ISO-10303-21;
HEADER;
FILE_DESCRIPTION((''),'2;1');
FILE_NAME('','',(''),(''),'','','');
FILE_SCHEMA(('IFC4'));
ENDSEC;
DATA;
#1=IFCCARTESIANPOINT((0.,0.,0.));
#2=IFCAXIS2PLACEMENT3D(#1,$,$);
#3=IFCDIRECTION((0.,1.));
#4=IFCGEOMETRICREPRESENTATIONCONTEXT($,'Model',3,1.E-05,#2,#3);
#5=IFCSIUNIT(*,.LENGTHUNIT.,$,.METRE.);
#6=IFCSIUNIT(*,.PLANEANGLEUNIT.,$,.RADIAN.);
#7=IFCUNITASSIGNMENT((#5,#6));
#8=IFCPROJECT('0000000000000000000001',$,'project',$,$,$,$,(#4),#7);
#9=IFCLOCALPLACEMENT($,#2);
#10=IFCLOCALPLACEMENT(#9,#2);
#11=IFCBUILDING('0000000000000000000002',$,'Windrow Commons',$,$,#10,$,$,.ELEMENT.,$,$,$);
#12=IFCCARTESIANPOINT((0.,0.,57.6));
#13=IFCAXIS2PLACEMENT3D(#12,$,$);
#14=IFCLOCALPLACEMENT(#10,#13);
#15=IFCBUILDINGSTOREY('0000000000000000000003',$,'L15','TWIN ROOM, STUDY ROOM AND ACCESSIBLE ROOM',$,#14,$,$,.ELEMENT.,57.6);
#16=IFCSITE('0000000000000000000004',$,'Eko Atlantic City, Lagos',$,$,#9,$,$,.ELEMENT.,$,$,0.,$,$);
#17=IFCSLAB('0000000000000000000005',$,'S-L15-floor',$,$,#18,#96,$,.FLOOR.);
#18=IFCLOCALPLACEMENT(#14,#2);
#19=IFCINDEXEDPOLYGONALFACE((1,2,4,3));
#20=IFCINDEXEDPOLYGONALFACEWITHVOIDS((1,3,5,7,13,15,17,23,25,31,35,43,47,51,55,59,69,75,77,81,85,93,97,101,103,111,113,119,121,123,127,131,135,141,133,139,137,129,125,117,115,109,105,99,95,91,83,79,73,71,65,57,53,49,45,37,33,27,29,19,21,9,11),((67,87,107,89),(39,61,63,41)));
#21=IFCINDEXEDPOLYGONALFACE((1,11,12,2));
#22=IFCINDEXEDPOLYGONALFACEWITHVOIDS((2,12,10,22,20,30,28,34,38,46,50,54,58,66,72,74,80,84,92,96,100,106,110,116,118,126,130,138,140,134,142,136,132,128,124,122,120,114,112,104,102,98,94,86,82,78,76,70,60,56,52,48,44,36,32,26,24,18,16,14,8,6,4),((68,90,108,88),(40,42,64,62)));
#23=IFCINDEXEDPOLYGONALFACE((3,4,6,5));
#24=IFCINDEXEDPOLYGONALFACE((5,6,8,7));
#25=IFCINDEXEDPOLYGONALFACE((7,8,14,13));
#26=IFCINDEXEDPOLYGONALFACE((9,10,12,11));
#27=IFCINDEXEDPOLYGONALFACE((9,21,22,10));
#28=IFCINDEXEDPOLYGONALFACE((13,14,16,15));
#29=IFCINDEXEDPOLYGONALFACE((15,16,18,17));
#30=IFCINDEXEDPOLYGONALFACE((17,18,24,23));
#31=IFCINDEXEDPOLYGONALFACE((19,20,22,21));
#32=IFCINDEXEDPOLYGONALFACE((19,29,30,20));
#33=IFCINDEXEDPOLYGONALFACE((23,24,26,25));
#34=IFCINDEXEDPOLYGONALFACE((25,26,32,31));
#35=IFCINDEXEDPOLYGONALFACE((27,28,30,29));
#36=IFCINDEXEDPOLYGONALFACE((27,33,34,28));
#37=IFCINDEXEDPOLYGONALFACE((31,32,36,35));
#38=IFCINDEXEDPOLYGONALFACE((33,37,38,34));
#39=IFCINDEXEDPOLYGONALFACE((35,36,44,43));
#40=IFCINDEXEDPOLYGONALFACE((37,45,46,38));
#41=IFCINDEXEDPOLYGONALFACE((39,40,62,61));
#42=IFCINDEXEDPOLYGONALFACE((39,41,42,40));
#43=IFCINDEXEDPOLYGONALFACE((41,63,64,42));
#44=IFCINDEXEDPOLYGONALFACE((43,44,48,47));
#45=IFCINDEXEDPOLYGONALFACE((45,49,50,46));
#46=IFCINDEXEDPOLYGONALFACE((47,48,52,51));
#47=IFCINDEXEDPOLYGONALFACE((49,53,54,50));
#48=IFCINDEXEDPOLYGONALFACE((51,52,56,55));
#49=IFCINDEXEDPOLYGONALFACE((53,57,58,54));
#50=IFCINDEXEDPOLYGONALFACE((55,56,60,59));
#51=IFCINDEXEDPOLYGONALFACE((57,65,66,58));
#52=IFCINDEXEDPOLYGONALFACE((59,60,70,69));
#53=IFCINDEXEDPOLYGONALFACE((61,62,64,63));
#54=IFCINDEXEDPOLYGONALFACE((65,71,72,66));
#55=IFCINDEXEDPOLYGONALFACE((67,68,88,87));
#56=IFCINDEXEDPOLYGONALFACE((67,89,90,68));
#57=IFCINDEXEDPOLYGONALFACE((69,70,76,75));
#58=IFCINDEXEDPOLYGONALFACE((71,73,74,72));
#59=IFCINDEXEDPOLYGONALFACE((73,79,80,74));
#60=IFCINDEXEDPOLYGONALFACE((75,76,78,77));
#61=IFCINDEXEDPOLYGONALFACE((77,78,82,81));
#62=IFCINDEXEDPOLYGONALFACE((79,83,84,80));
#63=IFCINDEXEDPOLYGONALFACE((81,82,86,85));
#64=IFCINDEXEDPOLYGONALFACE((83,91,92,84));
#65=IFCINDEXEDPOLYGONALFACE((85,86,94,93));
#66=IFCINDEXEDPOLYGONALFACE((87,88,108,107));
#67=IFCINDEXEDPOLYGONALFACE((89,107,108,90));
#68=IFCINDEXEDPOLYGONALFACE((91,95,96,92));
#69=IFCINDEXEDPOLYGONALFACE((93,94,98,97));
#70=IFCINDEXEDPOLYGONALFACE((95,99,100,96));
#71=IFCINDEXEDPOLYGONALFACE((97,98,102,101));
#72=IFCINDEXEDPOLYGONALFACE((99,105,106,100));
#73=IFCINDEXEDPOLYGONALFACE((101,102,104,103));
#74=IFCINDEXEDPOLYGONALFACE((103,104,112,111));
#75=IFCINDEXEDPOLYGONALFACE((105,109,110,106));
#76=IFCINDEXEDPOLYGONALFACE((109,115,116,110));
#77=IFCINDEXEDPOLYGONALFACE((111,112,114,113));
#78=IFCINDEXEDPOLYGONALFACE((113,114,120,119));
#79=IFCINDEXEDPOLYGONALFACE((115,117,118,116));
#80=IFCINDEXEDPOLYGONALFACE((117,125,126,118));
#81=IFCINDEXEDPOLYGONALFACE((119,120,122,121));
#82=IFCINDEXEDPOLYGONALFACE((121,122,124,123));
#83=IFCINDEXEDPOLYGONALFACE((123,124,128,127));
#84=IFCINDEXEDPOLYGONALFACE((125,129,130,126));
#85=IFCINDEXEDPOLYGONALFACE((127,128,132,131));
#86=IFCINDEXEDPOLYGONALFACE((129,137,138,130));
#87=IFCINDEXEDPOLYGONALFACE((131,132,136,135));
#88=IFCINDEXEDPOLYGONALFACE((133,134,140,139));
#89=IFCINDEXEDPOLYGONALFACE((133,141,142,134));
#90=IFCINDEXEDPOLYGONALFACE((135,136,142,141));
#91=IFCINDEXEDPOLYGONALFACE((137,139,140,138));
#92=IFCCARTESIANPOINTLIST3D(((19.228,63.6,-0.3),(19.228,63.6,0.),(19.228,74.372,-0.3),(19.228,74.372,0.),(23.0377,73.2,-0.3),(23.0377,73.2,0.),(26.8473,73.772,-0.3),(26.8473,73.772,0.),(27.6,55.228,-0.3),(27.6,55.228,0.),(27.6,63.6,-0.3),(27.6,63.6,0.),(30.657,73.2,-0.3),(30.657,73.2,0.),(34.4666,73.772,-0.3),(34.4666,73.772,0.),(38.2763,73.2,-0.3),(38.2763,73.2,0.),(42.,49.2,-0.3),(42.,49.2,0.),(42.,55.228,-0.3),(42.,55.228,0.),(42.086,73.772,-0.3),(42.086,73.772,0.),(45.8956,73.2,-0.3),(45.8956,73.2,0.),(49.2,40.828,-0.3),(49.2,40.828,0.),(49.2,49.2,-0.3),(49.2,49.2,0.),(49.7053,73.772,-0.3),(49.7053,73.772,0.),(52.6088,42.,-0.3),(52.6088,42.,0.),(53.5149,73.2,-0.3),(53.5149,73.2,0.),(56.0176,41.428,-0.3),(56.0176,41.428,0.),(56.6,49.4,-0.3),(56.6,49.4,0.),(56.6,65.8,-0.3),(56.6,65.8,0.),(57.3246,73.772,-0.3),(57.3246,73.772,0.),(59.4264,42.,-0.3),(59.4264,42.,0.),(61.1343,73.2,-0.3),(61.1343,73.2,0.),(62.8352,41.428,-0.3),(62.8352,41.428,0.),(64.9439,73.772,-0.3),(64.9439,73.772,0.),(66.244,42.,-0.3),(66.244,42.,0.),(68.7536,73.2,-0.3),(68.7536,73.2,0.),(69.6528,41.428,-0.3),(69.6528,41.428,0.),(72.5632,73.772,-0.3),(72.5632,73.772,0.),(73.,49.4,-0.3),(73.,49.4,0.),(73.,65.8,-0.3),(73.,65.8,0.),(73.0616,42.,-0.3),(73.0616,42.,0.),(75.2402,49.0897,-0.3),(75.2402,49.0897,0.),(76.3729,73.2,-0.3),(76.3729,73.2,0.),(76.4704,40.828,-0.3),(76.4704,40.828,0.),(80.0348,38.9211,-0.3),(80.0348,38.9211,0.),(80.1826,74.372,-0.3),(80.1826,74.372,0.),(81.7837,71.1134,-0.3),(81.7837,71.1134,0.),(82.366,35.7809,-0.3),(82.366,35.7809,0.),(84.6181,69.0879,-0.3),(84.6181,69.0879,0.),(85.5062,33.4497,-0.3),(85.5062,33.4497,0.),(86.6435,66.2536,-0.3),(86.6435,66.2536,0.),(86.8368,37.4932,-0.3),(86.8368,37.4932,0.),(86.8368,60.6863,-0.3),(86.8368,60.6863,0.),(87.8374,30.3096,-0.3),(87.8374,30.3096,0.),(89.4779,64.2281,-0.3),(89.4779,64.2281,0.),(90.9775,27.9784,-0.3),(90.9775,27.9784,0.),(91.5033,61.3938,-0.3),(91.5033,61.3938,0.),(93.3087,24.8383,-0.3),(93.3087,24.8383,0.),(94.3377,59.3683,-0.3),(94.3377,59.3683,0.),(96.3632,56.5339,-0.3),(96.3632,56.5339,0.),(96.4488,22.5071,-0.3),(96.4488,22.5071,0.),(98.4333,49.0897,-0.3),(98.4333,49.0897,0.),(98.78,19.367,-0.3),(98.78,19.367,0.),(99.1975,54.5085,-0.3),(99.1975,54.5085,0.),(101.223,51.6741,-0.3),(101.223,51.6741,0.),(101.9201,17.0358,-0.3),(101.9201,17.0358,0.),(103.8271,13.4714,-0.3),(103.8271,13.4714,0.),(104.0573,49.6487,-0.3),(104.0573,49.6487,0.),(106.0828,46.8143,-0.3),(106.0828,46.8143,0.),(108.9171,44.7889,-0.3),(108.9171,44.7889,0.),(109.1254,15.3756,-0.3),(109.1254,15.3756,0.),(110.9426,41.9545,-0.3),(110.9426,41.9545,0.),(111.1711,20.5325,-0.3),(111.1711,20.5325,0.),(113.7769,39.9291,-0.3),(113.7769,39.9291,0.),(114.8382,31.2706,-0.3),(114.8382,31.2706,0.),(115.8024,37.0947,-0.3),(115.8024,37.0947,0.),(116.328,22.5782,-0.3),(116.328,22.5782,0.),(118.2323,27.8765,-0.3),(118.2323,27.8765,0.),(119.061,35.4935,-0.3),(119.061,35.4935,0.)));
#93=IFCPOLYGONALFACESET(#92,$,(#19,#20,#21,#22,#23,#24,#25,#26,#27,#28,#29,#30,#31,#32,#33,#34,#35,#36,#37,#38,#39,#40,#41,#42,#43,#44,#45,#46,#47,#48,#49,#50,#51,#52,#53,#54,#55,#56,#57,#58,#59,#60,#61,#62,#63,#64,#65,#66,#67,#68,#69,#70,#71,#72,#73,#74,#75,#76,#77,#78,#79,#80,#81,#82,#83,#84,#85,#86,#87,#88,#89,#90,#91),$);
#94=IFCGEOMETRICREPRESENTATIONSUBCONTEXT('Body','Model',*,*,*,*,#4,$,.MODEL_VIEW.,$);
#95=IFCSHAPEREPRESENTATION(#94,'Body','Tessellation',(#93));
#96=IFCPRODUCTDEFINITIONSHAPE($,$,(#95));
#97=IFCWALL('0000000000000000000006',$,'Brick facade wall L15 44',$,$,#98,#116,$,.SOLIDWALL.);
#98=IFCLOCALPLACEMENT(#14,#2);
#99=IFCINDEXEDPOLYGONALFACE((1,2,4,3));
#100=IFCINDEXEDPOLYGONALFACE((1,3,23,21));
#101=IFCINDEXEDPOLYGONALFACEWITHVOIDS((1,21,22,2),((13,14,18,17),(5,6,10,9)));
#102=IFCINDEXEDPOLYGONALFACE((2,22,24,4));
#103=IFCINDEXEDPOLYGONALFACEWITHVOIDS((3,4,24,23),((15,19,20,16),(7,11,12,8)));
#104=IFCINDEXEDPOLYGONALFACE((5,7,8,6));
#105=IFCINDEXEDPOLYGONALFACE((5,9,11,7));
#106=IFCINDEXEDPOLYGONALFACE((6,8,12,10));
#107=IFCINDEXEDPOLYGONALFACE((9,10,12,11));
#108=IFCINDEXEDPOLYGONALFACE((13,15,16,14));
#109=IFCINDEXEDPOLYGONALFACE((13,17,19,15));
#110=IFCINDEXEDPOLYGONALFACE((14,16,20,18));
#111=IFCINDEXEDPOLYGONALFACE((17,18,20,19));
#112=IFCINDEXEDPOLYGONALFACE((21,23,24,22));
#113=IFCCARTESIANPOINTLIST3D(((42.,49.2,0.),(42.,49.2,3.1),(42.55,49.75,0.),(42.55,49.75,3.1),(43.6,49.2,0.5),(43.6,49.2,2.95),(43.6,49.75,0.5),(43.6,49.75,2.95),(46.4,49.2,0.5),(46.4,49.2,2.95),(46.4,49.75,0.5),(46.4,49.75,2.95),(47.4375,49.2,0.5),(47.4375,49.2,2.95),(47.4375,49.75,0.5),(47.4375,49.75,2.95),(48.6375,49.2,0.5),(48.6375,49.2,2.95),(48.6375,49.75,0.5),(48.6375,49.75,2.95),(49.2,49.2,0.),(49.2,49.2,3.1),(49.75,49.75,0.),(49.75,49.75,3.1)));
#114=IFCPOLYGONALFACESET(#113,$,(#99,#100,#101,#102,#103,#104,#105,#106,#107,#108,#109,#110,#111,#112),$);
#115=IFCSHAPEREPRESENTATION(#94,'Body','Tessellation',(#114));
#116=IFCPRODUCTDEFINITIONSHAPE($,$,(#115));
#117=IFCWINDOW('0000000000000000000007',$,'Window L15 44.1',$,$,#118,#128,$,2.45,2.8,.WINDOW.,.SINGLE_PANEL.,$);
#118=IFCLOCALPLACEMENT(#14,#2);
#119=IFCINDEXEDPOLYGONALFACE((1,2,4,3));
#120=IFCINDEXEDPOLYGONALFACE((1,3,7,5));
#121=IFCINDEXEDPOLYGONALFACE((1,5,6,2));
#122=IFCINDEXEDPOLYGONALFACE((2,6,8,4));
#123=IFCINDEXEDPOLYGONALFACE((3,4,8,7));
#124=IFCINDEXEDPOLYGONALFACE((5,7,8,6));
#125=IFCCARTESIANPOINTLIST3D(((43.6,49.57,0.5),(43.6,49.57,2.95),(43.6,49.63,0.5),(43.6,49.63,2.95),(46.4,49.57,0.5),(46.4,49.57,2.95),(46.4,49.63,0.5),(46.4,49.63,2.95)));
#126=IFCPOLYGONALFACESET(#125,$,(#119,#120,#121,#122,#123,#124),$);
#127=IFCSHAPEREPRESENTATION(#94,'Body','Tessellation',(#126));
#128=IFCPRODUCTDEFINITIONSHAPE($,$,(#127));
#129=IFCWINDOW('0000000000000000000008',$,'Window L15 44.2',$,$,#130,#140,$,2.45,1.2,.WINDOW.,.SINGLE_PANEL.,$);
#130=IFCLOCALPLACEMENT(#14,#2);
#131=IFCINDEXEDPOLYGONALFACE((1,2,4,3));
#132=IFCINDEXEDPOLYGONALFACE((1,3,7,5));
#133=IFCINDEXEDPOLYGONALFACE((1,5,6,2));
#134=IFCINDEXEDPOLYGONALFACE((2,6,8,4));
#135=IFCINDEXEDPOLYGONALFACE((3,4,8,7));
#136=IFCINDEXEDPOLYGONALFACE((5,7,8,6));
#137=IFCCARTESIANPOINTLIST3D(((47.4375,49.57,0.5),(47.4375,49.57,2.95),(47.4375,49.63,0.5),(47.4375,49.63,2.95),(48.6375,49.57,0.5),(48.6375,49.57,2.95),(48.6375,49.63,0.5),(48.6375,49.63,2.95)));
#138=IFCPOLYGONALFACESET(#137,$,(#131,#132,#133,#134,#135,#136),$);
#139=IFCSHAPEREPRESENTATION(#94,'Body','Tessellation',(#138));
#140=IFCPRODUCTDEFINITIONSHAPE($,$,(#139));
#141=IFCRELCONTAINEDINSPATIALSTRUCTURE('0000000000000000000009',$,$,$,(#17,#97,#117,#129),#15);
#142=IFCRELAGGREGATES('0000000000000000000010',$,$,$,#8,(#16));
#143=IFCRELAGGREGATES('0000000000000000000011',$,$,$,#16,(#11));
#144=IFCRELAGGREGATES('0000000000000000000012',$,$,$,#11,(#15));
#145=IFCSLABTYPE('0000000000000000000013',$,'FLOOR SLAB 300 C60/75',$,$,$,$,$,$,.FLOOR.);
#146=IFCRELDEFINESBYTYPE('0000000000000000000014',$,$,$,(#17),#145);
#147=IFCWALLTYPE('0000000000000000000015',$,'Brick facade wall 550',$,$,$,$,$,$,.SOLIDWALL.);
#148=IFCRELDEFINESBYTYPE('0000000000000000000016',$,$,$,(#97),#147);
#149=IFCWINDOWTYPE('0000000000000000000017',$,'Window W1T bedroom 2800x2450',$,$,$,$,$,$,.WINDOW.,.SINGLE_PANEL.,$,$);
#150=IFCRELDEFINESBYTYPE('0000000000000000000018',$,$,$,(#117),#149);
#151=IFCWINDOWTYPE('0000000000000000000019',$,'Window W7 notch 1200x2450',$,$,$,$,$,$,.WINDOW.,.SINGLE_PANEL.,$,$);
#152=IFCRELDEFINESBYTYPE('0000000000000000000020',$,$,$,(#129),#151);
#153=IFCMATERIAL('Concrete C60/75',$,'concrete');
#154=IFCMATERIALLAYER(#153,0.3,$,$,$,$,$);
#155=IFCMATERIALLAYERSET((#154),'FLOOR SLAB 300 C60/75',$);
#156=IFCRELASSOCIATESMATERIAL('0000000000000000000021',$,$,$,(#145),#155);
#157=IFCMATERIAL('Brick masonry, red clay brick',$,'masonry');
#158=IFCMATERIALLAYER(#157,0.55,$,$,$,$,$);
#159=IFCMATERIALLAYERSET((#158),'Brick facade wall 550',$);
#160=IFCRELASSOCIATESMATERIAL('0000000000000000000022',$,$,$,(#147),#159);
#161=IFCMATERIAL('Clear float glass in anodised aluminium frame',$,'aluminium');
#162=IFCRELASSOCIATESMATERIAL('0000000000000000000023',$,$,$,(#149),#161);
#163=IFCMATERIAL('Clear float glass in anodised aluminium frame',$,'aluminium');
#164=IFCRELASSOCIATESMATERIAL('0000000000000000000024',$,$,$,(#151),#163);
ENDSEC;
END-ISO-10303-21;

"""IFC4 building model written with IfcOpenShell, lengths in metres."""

from ifc_helpers import new_model, si_unit, direction, frame, frame_2d, origin, place, context, subcontext, project, spatial, polyline, rectangle, outline, extrude, material, layer, layer_set, type_object, element, fill, save


model = new_model("IFC4")

# Units and contexts
model_context = context("Model", 3, precision=1e-05, world=origin(), true_north=direction((0.0, 1.0)))
body_context = subcontext(model_context, "Body", "Model", "MODEL_VIEW")
ifc_project = project(units=[si_unit("LENGTHUNIT", "METRE"), si_unit("PLANEANGLEUNIT", "RADIAN")], contexts=[model_context])

# Site, building, storey
site_placement = place(None, origin())
site = spatial("IfcSite", under=ifc_project, at=site_placement, Name="Eko Atlantic City, Lagos", CompositionType="ELEMENT", RefElevation=0.0)
building_placement = place(site_placement, origin())
building = spatial("IfcBuilding", under=site, at=building_placement, Name="Windrow Commons", CompositionType="ELEMENT")
storey_placement = place(building_placement, frame((0.0, 0.0, 57.6)))
storey = spatial("IfcBuildingStorey", under=building, at=storey_placement, Name="L15", Description="TWIN ROOM, STUDY ROOM AND ACCESSIBLE ROOM", CompositionType="ELEMENT", Elevation=57.6)

# Shared definitions
placement_1 = place(storey_placement, frame((0.0, 0.0, -0.3)))

# Slab, openings
ifc_material_1 = material(Name="Concrete C60/75", Category="concrete")
ifc_layer_1 = layer(ifc_material_1, 0.3)
ifc_layer_set_1 = layer_set([ifc_layer_1], Name="FLOOR SLAB 300 C60/75")
slab_type_1 = type_object("IfcSlabType", Name="FLOOR SLAB 300 C60/75", PredefinedType="FLOOR", material=ifc_layer_set_1)
slab_1 = element("IfcSlab", 1, at=placement_1, inside=storey, type_object=slab_type_1, Name="S-L15-floor", PredefinedType="FLOOR", context=body_context, shape_type="SweptSolid", body=[
    extrude(outline(polyline([(101.9201, 17.0358), (103.8271, 13.4714), (109.1254, 15.3756), (111.1711, 20.5325), (116.328, 22.5782), (118.2323, 27.8765), (114.8382, 31.2706), (119.061, 35.4935), (115.8024, 37.0947), (113.7769, 39.9291), (110.9426, 41.9545), (108.9171, 44.7889), (106.0828, 46.8143), (104.0573, 49.6487), (101.223, 51.6741), (99.1975, 54.5085), (96.3632, 56.5339), (94.3377, 59.3683), (91.5033, 61.3938), (89.4779, 64.2281), (86.6435, 66.2536), (84.6181, 69.0879), (81.7837, 71.1134), (80.1826, 74.372), (76.3729, 73.2), (72.5632, 73.772), (68.7536, 73.2), (64.9439, 73.772), (61.1343, 73.2), (57.3246, 73.772), (53.5149, 73.2), (49.7053, 73.772), (45.8956, 73.2), (42.086, 73.772), (38.2763, 73.2), (34.4666, 73.772), (30.657, 73.2), (26.8473, 73.772), (23.0377, 73.2), (19.228, 74.372), (19.228, 63.6), (27.6, 63.6), (27.6, 55.228), (42.0, 55.228), (42.0, 49.2), (49.2, 49.2), (49.2, 40.828), (52.6088, 42.0), (56.0176, 41.428), (59.4264, 42.0), (62.8352, 41.428), (66.244, 42.0), (69.6528, 41.428), (73.0616, 42.0), (76.4704, 40.828), (80.0348, 38.9211), (82.366, 35.7809), (85.5062, 33.4497), (87.8374, 30.3096), (90.9775, 27.9784), (93.3087, 24.8383), (96.4488, 22.5071), (98.78, 19.367), (101.9201, 17.0358)]), holes=[polyline([(75.2402, 49.0897), (86.8368, 60.6863), (98.4333, 49.0897), (86.8368, 37.4932), (75.2402, 49.0897)]), polyline([(56.6, 49.4), (56.6, 65.8), (73.0, 65.8), (73.0, 49.4), (56.6, 49.4)])]), origin(), (0.0, 0.0, 1.0), 0.3),
])
opening_1_placement = place(placement_1, origin())
element("IfcOpeningElement", 2, at=opening_1_placement, cuts=slab_1, PredefinedType="OPENING", context=body_context, shape_type="SweptSolid", body=[
    extrude(outline(polyline([(75.2473, 49.0897), (86.8368, 60.6792), (98.4262, 49.0897), (86.8368, 37.5003), (75.2473, 49.0897)])), origin(), (0.0, 0.0, 1.0), 0.3),
])
opening_2_placement = place(placement_1, origin())
element("IfcOpeningElement", 3, at=opening_2_placement, cuts=slab_1, PredefinedType="OPENING", context=body_context, shape_type="SweptSolid", body=[
    extrude(outline(polyline([(56.605, 49.405), (56.605, 65.795), (72.995, 65.795), (72.995, 49.405), (56.605, 49.405)])), origin(), (0.0, 0.0, 1.0), 0.3),
])

# Wall, openings, windows
ifc_material_2 = material(Name="Brick masonry, red clay brick", Category="masonry")
ifc_layer_2 = layer(ifc_material_2, 0.55)
ifc_layer_set_2 = layer_set([ifc_layer_2], Name="Brick facade wall 550")
wall_type_1 = type_object("IfcWallType", Name="Brick facade wall 550", PredefinedType="SOLIDWALL", material=ifc_layer_set_2)
wall_1_placement = place(storey_placement, frame((42.275, 49.475, 0.0), z_axis=(0.0, 0.0, 1.0), x_axis=(1.0, 0.0, 0.0)))
wall_1 = element("IfcWall", 4, at=wall_1_placement, inside=storey, type_object=wall_type_1, Name="Brick facade wall L15 44", PredefinedType="SOLIDWALL", context=body_context, shape_type="SweptSolid", body=[
    extrude(outline(polyline([(-0.275, -0.275), (6.925, -0.275), (7.475, 0.275), (0.275, 0.275), (-0.275, -0.275)])), origin(), (0.0, 0.0, 1.0), 3.1),
])
opening_3_placement = place(wall_1_placement, frame((1.325, 0.0, 0.5)))
opening_3 = element("IfcOpeningElement", 5, at=opening_3_placement, cuts=wall_1, PredefinedType="OPENING", context=body_context, shape_type="SweptSolid", body=[
    extrude(rectangle(XDim=2.8, YDim=2.45, at=frame_2d((1.4, 1.225))), frame((0.0, 0.285, 0.0), z_axis=(0.0, -1.0, 0.0), x_axis=(1.0, 0.0, 0.0)), (0.0, 0.0, 1.0), 0.57),
])
opening_4_placement = place(wall_1_placement, frame((5.1625, 0.0, 0.5)))
opening_4 = element("IfcOpeningElement", 6, at=opening_4_placement, cuts=wall_1, PredefinedType="OPENING", context=body_context, shape_type="SweptSolid", body=[
    extrude(rectangle(XDim=1.2, YDim=2.45, at=frame_2d((0.6, 1.225))), frame((0.0, 0.285, 0.0), z_axis=(0.0, -1.0, 0.0), x_axis=(1.0, 0.0, 0.0)), (0.0, 0.0, 1.0), 0.57),
])
ifc_material_3 = material(Name="Clear float glass in anodised aluminium frame", Category="aluminium")
window_type_1 = type_object("IfcWindowType", Name="Window W1T bedroom 2800x2450", PartitioningType="SINGLE_PANEL", PredefinedType="WINDOW", material=ifc_material_3)
window_1_placement = place(opening_3_placement, origin())
window_1 = element("IfcWindow", 7, at=window_1_placement, inside=storey, type_object=window_type_1, Name="Window L15 44.1", OverallHeight=2.45, OverallWidth=2.8, PartitioningType="SINGLE_PANEL", PredefinedType="WINDOW", context=body_context, shape_type="SweptSolid", body=[
    extrude(rectangle(XDim=2.8, YDim=2.45, at=frame_2d((1.4, 1.225))), frame((0.0, 0.155, 0.0), z_axis=(0.0, -1.0, 0.0), x_axis=(1.0, 0.0, 0.0)), (0.0, 0.0, 1.0), 0.06),
])
fill(opening_3, window_1)
ifc_material_4 = material(Name="Clear float glass in anodised aluminium frame", Category="aluminium")
window_type_2 = type_object("IfcWindowType", Name="Window W7 notch 1200x2450", PartitioningType="SINGLE_PANEL", PredefinedType="WINDOW", material=ifc_material_4)
window_2_placement = place(opening_4_placement, origin())
window_2 = element("IfcWindow", 8, at=window_2_placement, inside=storey, type_object=window_type_2, Name="Window L15 44.2", OverallHeight=2.45, OverallWidth=1.2, PartitioningType="SINGLE_PANEL", PredefinedType="WINDOW", context=body_context, shape_type="SweptSolid", body=[
    extrude(rectangle(XDim=1.2, YDim=2.45, at=frame_2d((0.6, 1.225))), frame((0.0, 0.155, 0.0), z_axis=(0.0, -1.0, 0.0), x_axis=(1.0, 0.0, 0.0)), (0.0, 0.0, 1.0), 0.06),
])
fill(opening_4, window_2)

save(model, "model.ifc")
